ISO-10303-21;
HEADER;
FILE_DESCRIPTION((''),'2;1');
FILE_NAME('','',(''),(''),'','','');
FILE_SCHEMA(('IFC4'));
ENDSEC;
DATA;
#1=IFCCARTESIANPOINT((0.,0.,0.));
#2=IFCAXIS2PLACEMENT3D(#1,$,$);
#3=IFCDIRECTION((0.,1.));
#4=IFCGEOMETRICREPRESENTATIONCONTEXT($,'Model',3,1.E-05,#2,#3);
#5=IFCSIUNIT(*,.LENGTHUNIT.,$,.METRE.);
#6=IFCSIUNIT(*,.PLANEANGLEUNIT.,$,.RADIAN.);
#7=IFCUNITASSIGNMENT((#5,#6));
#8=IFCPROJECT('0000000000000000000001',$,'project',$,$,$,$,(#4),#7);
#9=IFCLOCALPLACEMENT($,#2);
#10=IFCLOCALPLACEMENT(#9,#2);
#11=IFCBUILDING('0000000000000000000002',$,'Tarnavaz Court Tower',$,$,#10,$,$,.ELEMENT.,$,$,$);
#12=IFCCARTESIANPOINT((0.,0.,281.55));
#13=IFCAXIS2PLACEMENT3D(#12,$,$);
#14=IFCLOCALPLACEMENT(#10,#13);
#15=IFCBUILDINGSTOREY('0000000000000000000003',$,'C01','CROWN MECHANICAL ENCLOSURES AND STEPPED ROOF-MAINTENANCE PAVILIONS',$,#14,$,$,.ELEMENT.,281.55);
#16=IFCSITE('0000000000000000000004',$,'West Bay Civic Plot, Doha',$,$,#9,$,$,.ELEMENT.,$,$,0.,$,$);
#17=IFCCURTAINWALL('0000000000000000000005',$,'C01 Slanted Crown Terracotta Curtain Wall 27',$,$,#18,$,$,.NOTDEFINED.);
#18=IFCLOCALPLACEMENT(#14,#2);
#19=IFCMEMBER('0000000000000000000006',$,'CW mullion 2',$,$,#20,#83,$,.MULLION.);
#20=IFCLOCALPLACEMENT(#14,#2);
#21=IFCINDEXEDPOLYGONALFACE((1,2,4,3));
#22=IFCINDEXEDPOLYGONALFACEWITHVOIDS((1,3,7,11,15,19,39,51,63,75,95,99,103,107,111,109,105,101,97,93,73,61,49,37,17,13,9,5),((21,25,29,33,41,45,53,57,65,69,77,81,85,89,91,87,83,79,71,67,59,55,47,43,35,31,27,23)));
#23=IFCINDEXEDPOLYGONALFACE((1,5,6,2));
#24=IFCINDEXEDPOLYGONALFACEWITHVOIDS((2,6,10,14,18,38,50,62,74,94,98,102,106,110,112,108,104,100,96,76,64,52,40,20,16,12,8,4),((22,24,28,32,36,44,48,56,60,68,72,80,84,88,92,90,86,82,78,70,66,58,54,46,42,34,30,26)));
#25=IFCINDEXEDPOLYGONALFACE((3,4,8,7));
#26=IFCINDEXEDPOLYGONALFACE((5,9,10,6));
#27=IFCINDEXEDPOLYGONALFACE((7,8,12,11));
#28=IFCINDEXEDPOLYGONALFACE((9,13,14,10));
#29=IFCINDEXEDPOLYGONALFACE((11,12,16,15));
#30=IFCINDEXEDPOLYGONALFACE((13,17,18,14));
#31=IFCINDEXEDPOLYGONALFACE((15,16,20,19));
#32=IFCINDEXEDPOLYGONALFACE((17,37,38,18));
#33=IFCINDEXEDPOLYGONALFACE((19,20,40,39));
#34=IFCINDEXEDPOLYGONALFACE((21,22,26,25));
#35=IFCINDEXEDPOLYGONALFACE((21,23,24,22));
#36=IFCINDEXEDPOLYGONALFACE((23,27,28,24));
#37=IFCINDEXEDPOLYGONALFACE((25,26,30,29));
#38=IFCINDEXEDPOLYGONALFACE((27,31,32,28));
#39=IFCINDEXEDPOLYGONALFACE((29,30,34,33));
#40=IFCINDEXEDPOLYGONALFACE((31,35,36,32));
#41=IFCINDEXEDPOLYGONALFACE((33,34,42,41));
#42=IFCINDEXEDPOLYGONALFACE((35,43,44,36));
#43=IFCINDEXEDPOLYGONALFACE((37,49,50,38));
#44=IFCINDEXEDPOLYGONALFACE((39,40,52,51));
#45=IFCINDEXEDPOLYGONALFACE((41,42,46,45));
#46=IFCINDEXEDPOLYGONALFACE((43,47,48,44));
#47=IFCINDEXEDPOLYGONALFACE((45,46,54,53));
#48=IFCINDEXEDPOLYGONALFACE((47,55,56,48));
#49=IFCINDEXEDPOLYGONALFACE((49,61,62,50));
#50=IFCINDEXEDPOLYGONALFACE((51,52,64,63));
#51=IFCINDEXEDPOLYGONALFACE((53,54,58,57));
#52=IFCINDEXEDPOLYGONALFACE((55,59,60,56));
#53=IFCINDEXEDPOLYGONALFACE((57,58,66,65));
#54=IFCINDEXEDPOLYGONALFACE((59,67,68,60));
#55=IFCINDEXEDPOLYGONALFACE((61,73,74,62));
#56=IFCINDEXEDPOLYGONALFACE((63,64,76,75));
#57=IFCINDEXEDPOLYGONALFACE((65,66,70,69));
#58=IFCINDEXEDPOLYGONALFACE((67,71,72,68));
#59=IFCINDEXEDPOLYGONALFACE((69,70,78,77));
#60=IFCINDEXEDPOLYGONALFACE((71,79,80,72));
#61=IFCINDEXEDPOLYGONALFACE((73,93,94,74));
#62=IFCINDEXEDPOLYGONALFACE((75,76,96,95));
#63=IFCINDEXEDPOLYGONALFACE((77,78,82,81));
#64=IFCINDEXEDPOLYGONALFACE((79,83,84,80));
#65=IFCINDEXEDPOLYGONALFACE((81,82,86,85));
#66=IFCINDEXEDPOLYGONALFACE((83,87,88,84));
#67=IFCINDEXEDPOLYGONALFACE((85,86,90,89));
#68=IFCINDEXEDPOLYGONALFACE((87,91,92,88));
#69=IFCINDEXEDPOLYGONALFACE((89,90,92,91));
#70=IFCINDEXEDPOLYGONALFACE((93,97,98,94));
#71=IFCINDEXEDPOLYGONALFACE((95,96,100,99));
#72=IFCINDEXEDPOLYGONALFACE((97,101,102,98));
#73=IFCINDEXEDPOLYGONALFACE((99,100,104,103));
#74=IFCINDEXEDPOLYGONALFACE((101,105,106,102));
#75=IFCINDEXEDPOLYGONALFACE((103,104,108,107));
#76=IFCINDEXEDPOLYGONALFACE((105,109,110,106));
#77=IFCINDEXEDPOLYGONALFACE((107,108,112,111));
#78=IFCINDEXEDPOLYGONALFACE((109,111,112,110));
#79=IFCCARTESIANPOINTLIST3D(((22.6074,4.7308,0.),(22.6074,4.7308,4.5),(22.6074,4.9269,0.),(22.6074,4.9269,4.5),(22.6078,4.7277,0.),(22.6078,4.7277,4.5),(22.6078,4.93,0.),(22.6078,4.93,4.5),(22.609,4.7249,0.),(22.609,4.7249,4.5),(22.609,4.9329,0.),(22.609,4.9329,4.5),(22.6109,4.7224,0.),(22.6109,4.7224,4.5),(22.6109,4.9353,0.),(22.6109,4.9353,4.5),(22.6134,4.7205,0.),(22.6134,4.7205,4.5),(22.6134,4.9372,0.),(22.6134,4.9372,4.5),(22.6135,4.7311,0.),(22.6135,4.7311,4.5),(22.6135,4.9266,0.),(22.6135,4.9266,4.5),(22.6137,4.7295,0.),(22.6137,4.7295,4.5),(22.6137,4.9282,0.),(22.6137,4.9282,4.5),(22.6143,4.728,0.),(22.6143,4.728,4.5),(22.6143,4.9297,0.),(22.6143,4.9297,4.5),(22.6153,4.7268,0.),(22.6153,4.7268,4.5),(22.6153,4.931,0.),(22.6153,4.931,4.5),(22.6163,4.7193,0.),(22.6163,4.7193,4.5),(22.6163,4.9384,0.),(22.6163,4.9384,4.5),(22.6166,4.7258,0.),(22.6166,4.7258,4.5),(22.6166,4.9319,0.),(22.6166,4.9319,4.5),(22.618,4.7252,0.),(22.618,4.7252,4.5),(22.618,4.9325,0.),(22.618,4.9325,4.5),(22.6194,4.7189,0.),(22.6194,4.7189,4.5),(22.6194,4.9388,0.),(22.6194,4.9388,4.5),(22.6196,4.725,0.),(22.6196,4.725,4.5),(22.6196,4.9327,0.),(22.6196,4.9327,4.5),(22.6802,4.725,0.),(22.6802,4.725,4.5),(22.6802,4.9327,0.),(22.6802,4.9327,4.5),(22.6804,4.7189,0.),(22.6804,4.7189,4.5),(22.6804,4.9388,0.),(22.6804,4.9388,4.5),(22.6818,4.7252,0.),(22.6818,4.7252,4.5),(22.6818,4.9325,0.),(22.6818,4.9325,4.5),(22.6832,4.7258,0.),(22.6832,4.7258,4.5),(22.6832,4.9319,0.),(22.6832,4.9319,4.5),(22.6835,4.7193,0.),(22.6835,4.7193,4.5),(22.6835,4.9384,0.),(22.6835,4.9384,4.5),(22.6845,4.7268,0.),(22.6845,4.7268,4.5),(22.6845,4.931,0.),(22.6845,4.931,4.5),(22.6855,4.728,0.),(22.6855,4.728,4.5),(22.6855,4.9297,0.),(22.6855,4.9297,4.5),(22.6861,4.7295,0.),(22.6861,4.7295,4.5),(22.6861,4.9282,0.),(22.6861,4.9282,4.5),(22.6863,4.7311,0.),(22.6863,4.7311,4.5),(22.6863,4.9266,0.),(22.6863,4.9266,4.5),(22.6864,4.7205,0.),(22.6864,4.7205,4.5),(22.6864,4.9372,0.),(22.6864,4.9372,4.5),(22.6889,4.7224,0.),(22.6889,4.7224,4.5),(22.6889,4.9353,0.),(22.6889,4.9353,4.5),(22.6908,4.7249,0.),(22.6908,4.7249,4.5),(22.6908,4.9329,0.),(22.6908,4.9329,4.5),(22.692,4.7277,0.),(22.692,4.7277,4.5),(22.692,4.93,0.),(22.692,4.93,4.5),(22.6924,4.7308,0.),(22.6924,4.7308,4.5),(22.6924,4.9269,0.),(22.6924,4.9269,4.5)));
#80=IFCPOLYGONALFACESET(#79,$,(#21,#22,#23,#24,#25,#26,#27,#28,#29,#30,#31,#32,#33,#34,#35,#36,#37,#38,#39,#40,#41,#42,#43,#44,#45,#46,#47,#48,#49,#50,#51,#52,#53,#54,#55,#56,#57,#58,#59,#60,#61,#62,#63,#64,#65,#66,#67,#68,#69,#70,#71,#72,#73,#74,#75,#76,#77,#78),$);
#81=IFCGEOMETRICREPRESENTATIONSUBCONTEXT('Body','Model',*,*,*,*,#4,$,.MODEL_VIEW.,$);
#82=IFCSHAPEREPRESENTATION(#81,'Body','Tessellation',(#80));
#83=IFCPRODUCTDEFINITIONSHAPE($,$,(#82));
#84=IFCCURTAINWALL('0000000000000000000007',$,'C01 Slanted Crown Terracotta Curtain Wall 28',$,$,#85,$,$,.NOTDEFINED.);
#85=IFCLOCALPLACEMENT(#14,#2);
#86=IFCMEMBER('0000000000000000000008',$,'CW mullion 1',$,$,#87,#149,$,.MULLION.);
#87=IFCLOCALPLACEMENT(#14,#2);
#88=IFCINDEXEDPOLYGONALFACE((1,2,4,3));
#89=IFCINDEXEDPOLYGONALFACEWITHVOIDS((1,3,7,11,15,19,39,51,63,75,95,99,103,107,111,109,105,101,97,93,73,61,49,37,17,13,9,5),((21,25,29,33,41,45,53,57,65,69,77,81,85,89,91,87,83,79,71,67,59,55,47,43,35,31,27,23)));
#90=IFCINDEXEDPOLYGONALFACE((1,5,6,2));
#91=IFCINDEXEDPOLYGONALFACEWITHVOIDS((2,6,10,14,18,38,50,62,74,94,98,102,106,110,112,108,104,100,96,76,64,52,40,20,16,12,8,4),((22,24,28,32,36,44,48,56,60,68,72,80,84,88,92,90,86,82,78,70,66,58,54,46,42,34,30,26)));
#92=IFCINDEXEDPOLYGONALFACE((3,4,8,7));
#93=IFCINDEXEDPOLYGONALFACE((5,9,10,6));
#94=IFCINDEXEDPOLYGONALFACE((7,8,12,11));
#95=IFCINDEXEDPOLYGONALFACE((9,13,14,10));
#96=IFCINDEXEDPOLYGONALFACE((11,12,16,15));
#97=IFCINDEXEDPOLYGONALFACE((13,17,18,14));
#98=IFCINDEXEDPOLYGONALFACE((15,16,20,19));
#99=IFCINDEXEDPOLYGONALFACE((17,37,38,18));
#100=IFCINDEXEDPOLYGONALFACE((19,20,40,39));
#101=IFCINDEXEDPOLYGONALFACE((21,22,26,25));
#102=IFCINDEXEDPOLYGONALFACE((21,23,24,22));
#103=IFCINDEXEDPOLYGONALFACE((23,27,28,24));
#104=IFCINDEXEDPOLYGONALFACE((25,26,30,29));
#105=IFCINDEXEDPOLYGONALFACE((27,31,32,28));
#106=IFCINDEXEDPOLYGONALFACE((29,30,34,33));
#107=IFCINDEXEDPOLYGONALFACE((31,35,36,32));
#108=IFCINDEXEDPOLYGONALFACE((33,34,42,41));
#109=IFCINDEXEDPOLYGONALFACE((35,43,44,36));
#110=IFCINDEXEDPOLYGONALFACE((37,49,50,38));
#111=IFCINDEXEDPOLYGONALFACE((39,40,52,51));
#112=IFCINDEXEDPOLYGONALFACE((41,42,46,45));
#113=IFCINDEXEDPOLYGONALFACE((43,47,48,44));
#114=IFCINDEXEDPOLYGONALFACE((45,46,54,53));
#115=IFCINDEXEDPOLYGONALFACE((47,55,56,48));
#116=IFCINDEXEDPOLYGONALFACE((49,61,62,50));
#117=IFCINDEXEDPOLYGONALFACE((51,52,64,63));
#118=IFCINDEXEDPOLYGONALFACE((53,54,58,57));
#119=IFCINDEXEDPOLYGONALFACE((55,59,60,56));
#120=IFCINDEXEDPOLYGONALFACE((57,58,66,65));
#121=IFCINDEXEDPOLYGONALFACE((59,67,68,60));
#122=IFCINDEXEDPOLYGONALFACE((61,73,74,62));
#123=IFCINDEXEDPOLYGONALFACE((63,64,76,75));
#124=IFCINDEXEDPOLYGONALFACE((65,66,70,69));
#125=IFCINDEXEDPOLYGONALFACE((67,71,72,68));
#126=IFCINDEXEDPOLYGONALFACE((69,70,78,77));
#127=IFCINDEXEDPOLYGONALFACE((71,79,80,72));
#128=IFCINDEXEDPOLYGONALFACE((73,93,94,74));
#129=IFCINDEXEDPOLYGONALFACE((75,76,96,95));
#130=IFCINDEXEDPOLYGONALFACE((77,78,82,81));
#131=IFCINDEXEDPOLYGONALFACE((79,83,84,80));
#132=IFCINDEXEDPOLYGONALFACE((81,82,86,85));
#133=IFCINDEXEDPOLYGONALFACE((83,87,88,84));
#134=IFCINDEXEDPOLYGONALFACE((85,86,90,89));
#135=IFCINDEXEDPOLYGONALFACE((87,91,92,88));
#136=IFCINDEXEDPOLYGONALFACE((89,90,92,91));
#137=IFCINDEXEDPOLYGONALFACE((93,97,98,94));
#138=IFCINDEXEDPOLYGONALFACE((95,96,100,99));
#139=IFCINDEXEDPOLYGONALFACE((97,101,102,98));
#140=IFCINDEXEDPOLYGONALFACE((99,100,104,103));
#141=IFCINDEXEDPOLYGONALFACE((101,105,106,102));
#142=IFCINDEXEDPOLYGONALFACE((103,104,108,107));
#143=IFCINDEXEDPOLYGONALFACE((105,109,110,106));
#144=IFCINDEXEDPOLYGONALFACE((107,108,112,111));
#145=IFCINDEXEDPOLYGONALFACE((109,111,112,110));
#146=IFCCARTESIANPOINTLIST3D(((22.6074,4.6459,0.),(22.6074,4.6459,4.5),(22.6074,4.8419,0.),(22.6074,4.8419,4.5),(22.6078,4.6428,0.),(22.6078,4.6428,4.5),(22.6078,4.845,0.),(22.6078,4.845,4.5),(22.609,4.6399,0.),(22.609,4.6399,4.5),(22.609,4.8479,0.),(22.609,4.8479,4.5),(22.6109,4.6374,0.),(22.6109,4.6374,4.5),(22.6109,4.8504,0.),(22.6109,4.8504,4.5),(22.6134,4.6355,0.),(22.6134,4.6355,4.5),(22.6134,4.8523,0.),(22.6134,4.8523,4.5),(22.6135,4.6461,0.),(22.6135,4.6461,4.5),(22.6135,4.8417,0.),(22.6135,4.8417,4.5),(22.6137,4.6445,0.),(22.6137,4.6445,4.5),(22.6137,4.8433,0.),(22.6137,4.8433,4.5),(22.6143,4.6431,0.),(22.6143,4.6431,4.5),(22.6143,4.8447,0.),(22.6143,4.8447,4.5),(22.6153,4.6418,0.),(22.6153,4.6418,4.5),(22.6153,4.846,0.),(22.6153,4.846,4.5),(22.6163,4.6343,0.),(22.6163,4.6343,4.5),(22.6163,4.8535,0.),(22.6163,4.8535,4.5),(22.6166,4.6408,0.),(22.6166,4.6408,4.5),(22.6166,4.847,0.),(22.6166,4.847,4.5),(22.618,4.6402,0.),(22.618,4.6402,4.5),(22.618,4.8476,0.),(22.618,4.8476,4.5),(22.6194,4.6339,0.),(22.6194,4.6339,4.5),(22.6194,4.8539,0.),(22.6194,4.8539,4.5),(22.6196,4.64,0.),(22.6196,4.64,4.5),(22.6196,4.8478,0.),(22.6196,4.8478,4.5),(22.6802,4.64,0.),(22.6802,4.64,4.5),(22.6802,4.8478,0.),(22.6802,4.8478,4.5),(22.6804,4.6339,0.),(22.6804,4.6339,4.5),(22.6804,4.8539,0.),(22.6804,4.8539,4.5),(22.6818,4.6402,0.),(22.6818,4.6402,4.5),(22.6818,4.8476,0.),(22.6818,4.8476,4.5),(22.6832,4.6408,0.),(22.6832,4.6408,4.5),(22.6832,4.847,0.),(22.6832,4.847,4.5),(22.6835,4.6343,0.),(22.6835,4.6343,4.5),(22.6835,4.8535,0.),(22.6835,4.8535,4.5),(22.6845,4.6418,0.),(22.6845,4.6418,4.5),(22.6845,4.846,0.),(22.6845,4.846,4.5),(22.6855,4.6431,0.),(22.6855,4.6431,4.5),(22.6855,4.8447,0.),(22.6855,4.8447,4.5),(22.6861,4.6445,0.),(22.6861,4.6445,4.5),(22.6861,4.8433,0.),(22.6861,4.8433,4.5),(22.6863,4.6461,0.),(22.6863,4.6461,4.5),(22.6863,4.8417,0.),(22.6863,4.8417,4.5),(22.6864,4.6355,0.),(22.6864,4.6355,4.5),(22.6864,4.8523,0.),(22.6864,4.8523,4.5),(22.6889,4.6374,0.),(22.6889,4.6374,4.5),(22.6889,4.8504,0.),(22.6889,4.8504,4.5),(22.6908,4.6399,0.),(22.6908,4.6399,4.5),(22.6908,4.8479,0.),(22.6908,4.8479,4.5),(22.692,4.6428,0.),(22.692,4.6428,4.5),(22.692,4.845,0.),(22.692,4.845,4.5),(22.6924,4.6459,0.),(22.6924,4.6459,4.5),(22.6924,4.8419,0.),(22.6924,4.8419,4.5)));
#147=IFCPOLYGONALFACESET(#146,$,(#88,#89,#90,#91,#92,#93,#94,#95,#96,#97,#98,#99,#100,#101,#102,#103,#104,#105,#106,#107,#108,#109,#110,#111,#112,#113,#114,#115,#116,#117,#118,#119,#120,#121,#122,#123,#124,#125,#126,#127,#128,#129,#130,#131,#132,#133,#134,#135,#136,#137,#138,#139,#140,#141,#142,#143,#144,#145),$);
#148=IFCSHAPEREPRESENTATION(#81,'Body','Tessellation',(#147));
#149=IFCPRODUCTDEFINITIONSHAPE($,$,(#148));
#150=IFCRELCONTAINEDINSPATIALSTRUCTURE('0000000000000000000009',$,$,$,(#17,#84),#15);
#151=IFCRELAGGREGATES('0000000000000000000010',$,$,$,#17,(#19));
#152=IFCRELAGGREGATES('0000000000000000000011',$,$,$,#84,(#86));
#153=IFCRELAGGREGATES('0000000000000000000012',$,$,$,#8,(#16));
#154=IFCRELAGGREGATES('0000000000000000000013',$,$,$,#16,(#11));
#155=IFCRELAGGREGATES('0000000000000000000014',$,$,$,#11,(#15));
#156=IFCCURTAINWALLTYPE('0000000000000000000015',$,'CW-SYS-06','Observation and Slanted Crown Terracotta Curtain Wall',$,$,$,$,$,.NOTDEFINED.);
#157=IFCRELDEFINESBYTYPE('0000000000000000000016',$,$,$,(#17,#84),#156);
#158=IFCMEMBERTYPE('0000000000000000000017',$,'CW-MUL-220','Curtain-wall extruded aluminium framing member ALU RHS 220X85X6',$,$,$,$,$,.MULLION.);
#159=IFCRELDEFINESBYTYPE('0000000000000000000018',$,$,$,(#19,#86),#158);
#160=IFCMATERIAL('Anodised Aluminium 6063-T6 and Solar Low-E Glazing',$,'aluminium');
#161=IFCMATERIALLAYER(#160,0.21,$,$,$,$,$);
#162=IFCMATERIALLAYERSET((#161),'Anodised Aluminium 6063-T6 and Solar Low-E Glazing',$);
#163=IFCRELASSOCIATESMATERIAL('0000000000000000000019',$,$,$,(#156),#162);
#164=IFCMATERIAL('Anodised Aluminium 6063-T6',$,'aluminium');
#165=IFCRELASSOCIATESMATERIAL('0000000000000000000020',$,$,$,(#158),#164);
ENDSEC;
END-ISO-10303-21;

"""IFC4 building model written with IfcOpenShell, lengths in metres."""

from ifc_helpers import new_model, si_unit, direction, frame, origin, origin_2d, place, context, subcontext, project, spatial, hollow_rectangle, extrude, material, layer, layer_set, material_profile, profile_set, type_object, element, aggregate, save


model = new_model("IFC4")

# Units and contexts
model_context = context("Model", 3, precision=1e-05, world=origin(), true_north=direction((0.0, 1.0)))
body_context = subcontext(model_context, "Body", "Model", "MODEL_VIEW")
ifc_project = project(units=[si_unit("LENGTHUNIT", "METRE"), si_unit("PLANEANGLEUNIT", "RADIAN")], contexts=[model_context])

# Site, building, storey
site_placement = place(None, origin())
site = spatial("IfcSite", under=ifc_project, at=site_placement, Name="West Bay Civic Plot, Doha", CompositionType="ELEMENT", RefElevation=0.0)
building_placement = place(site_placement, origin())
building = spatial("IfcBuilding", under=site, at=building_placement, Name="Tarnavaz Court Tower", CompositionType="ELEMENT")
storey_placement = place(building_placement, frame((0.0, 0.0, 281.55)))
storey = spatial("IfcBuildingStorey", under=building, at=storey_placement, Name="C01", Description="CROWN MECHANICAL ENCLOSURES AND STEPPED ROOF-MAINTENANCE PAVILIONS", CompositionType="ELEMENT", Elevation=281.55)

# Shared definitions
ifc_material_1 = material(Name="Anodised Aluminium 6063-T6 and Solar Low-E Glazing", Category="aluminium")
ifc_layer_1 = layer(ifc_material_1, 0.21)
ifc_layer_set_1 = layer_set([ifc_layer_1], Name="Anodised Aluminium 6063-T6 and Solar Low-E Glazing")
curtain_wall_type = type_object("IfcCurtainWallType", Name="CW-SYS-06", Description="Observation and Slanted Crown Terracotta Curtain Wall", PredefinedType="NOTDEFINED", material=ifc_layer_set_1)
ifc_material_2 = material(Name="Anodised Aluminium 6063-T6", Category="aluminium")
ifc_material_profile_1 = material_profile(ifc_material_2, hollow_rectangle(XDim=0.085, YDim=0.22, WallThickness=0.0061, InnerFilletRadius=0.0061, OuterFilletRadius=0.012, at=origin_2d()), Name="ALU RHS 220X85X6")
ifc_profile_set_1 = profile_set([ifc_material_profile_1], Name="Anodised Aluminium 6063-T6")
member_type_1 = type_object("IfcMemberType", Name="CW-MUL-220", Description="Curtain-wall extruded aluminium framing member ALU RHS 220X85X6", PredefinedType="MULLION", material=ifc_profile_set_1)

# Curtain walls, members
curtain_wall_1_placement = place(storey_placement, origin())
curtain_wall_1 = element("IfcCurtainWall", 1, at=curtain_wall_1_placement, inside=storey, type_object=curtain_wall_type, Name="C01 Slanted Crown Terracotta Curtain Wall 27", PredefinedType="NOTDEFINED")
member_1_placement = place(storey_placement, frame((22.6499, 4.8289, 0.0), z_axis=(0.0, 0.0, 1.0), x_axis=(1.0, 0.0, 0.0)))
member_1 = element("IfcMember", 2, at=member_1_placement, type_object=member_type_1, Name="CW mullion 2", PredefinedType="MULLION", context=body_context, shape_type="SweptSolid", body=[
    extrude(hollow_rectangle(XDim=0.085, YDim=0.22, WallThickness=0.0061, InnerFilletRadius=0.0061, OuterFilletRadius=0.012, at=origin_2d()), origin(), (0.0, 0.0, 1.0), 4.5),
])
curtain_wall_2_placement = place(storey_placement, origin())
curtain_wall_2 = element("IfcCurtainWall", 3, at=curtain_wall_2_placement, inside=storey, type_object=curtain_wall_type, Name="C01 Slanted Crown Terracotta Curtain Wall 28", PredefinedType="NOTDEFINED")
member_2_placement = place(storey_placement, frame((22.6499, 4.7439, 0.0), z_axis=(0.0, 0.0, 1.0), x_axis=(1.0, 0.0, 0.0)))
member_2 = element("IfcMember", 4, at=member_2_placement, type_object=member_type_1, Name="CW mullion 1", PredefinedType="MULLION", context=body_context, shape_type="SweptSolid", body=[
    extrude(hollow_rectangle(XDim=0.085, YDim=0.22, WallThickness=0.0061, InnerFilletRadius=0.0061, OuterFilletRadius=0.012, at=origin_2d()), origin(), (0.0, 0.0, 1.0), 4.5),
])

aggregate(curtain_wall_1, [member_1])
aggregate(curtain_wall_2, [member_2])

save(model, "model.ifc")
